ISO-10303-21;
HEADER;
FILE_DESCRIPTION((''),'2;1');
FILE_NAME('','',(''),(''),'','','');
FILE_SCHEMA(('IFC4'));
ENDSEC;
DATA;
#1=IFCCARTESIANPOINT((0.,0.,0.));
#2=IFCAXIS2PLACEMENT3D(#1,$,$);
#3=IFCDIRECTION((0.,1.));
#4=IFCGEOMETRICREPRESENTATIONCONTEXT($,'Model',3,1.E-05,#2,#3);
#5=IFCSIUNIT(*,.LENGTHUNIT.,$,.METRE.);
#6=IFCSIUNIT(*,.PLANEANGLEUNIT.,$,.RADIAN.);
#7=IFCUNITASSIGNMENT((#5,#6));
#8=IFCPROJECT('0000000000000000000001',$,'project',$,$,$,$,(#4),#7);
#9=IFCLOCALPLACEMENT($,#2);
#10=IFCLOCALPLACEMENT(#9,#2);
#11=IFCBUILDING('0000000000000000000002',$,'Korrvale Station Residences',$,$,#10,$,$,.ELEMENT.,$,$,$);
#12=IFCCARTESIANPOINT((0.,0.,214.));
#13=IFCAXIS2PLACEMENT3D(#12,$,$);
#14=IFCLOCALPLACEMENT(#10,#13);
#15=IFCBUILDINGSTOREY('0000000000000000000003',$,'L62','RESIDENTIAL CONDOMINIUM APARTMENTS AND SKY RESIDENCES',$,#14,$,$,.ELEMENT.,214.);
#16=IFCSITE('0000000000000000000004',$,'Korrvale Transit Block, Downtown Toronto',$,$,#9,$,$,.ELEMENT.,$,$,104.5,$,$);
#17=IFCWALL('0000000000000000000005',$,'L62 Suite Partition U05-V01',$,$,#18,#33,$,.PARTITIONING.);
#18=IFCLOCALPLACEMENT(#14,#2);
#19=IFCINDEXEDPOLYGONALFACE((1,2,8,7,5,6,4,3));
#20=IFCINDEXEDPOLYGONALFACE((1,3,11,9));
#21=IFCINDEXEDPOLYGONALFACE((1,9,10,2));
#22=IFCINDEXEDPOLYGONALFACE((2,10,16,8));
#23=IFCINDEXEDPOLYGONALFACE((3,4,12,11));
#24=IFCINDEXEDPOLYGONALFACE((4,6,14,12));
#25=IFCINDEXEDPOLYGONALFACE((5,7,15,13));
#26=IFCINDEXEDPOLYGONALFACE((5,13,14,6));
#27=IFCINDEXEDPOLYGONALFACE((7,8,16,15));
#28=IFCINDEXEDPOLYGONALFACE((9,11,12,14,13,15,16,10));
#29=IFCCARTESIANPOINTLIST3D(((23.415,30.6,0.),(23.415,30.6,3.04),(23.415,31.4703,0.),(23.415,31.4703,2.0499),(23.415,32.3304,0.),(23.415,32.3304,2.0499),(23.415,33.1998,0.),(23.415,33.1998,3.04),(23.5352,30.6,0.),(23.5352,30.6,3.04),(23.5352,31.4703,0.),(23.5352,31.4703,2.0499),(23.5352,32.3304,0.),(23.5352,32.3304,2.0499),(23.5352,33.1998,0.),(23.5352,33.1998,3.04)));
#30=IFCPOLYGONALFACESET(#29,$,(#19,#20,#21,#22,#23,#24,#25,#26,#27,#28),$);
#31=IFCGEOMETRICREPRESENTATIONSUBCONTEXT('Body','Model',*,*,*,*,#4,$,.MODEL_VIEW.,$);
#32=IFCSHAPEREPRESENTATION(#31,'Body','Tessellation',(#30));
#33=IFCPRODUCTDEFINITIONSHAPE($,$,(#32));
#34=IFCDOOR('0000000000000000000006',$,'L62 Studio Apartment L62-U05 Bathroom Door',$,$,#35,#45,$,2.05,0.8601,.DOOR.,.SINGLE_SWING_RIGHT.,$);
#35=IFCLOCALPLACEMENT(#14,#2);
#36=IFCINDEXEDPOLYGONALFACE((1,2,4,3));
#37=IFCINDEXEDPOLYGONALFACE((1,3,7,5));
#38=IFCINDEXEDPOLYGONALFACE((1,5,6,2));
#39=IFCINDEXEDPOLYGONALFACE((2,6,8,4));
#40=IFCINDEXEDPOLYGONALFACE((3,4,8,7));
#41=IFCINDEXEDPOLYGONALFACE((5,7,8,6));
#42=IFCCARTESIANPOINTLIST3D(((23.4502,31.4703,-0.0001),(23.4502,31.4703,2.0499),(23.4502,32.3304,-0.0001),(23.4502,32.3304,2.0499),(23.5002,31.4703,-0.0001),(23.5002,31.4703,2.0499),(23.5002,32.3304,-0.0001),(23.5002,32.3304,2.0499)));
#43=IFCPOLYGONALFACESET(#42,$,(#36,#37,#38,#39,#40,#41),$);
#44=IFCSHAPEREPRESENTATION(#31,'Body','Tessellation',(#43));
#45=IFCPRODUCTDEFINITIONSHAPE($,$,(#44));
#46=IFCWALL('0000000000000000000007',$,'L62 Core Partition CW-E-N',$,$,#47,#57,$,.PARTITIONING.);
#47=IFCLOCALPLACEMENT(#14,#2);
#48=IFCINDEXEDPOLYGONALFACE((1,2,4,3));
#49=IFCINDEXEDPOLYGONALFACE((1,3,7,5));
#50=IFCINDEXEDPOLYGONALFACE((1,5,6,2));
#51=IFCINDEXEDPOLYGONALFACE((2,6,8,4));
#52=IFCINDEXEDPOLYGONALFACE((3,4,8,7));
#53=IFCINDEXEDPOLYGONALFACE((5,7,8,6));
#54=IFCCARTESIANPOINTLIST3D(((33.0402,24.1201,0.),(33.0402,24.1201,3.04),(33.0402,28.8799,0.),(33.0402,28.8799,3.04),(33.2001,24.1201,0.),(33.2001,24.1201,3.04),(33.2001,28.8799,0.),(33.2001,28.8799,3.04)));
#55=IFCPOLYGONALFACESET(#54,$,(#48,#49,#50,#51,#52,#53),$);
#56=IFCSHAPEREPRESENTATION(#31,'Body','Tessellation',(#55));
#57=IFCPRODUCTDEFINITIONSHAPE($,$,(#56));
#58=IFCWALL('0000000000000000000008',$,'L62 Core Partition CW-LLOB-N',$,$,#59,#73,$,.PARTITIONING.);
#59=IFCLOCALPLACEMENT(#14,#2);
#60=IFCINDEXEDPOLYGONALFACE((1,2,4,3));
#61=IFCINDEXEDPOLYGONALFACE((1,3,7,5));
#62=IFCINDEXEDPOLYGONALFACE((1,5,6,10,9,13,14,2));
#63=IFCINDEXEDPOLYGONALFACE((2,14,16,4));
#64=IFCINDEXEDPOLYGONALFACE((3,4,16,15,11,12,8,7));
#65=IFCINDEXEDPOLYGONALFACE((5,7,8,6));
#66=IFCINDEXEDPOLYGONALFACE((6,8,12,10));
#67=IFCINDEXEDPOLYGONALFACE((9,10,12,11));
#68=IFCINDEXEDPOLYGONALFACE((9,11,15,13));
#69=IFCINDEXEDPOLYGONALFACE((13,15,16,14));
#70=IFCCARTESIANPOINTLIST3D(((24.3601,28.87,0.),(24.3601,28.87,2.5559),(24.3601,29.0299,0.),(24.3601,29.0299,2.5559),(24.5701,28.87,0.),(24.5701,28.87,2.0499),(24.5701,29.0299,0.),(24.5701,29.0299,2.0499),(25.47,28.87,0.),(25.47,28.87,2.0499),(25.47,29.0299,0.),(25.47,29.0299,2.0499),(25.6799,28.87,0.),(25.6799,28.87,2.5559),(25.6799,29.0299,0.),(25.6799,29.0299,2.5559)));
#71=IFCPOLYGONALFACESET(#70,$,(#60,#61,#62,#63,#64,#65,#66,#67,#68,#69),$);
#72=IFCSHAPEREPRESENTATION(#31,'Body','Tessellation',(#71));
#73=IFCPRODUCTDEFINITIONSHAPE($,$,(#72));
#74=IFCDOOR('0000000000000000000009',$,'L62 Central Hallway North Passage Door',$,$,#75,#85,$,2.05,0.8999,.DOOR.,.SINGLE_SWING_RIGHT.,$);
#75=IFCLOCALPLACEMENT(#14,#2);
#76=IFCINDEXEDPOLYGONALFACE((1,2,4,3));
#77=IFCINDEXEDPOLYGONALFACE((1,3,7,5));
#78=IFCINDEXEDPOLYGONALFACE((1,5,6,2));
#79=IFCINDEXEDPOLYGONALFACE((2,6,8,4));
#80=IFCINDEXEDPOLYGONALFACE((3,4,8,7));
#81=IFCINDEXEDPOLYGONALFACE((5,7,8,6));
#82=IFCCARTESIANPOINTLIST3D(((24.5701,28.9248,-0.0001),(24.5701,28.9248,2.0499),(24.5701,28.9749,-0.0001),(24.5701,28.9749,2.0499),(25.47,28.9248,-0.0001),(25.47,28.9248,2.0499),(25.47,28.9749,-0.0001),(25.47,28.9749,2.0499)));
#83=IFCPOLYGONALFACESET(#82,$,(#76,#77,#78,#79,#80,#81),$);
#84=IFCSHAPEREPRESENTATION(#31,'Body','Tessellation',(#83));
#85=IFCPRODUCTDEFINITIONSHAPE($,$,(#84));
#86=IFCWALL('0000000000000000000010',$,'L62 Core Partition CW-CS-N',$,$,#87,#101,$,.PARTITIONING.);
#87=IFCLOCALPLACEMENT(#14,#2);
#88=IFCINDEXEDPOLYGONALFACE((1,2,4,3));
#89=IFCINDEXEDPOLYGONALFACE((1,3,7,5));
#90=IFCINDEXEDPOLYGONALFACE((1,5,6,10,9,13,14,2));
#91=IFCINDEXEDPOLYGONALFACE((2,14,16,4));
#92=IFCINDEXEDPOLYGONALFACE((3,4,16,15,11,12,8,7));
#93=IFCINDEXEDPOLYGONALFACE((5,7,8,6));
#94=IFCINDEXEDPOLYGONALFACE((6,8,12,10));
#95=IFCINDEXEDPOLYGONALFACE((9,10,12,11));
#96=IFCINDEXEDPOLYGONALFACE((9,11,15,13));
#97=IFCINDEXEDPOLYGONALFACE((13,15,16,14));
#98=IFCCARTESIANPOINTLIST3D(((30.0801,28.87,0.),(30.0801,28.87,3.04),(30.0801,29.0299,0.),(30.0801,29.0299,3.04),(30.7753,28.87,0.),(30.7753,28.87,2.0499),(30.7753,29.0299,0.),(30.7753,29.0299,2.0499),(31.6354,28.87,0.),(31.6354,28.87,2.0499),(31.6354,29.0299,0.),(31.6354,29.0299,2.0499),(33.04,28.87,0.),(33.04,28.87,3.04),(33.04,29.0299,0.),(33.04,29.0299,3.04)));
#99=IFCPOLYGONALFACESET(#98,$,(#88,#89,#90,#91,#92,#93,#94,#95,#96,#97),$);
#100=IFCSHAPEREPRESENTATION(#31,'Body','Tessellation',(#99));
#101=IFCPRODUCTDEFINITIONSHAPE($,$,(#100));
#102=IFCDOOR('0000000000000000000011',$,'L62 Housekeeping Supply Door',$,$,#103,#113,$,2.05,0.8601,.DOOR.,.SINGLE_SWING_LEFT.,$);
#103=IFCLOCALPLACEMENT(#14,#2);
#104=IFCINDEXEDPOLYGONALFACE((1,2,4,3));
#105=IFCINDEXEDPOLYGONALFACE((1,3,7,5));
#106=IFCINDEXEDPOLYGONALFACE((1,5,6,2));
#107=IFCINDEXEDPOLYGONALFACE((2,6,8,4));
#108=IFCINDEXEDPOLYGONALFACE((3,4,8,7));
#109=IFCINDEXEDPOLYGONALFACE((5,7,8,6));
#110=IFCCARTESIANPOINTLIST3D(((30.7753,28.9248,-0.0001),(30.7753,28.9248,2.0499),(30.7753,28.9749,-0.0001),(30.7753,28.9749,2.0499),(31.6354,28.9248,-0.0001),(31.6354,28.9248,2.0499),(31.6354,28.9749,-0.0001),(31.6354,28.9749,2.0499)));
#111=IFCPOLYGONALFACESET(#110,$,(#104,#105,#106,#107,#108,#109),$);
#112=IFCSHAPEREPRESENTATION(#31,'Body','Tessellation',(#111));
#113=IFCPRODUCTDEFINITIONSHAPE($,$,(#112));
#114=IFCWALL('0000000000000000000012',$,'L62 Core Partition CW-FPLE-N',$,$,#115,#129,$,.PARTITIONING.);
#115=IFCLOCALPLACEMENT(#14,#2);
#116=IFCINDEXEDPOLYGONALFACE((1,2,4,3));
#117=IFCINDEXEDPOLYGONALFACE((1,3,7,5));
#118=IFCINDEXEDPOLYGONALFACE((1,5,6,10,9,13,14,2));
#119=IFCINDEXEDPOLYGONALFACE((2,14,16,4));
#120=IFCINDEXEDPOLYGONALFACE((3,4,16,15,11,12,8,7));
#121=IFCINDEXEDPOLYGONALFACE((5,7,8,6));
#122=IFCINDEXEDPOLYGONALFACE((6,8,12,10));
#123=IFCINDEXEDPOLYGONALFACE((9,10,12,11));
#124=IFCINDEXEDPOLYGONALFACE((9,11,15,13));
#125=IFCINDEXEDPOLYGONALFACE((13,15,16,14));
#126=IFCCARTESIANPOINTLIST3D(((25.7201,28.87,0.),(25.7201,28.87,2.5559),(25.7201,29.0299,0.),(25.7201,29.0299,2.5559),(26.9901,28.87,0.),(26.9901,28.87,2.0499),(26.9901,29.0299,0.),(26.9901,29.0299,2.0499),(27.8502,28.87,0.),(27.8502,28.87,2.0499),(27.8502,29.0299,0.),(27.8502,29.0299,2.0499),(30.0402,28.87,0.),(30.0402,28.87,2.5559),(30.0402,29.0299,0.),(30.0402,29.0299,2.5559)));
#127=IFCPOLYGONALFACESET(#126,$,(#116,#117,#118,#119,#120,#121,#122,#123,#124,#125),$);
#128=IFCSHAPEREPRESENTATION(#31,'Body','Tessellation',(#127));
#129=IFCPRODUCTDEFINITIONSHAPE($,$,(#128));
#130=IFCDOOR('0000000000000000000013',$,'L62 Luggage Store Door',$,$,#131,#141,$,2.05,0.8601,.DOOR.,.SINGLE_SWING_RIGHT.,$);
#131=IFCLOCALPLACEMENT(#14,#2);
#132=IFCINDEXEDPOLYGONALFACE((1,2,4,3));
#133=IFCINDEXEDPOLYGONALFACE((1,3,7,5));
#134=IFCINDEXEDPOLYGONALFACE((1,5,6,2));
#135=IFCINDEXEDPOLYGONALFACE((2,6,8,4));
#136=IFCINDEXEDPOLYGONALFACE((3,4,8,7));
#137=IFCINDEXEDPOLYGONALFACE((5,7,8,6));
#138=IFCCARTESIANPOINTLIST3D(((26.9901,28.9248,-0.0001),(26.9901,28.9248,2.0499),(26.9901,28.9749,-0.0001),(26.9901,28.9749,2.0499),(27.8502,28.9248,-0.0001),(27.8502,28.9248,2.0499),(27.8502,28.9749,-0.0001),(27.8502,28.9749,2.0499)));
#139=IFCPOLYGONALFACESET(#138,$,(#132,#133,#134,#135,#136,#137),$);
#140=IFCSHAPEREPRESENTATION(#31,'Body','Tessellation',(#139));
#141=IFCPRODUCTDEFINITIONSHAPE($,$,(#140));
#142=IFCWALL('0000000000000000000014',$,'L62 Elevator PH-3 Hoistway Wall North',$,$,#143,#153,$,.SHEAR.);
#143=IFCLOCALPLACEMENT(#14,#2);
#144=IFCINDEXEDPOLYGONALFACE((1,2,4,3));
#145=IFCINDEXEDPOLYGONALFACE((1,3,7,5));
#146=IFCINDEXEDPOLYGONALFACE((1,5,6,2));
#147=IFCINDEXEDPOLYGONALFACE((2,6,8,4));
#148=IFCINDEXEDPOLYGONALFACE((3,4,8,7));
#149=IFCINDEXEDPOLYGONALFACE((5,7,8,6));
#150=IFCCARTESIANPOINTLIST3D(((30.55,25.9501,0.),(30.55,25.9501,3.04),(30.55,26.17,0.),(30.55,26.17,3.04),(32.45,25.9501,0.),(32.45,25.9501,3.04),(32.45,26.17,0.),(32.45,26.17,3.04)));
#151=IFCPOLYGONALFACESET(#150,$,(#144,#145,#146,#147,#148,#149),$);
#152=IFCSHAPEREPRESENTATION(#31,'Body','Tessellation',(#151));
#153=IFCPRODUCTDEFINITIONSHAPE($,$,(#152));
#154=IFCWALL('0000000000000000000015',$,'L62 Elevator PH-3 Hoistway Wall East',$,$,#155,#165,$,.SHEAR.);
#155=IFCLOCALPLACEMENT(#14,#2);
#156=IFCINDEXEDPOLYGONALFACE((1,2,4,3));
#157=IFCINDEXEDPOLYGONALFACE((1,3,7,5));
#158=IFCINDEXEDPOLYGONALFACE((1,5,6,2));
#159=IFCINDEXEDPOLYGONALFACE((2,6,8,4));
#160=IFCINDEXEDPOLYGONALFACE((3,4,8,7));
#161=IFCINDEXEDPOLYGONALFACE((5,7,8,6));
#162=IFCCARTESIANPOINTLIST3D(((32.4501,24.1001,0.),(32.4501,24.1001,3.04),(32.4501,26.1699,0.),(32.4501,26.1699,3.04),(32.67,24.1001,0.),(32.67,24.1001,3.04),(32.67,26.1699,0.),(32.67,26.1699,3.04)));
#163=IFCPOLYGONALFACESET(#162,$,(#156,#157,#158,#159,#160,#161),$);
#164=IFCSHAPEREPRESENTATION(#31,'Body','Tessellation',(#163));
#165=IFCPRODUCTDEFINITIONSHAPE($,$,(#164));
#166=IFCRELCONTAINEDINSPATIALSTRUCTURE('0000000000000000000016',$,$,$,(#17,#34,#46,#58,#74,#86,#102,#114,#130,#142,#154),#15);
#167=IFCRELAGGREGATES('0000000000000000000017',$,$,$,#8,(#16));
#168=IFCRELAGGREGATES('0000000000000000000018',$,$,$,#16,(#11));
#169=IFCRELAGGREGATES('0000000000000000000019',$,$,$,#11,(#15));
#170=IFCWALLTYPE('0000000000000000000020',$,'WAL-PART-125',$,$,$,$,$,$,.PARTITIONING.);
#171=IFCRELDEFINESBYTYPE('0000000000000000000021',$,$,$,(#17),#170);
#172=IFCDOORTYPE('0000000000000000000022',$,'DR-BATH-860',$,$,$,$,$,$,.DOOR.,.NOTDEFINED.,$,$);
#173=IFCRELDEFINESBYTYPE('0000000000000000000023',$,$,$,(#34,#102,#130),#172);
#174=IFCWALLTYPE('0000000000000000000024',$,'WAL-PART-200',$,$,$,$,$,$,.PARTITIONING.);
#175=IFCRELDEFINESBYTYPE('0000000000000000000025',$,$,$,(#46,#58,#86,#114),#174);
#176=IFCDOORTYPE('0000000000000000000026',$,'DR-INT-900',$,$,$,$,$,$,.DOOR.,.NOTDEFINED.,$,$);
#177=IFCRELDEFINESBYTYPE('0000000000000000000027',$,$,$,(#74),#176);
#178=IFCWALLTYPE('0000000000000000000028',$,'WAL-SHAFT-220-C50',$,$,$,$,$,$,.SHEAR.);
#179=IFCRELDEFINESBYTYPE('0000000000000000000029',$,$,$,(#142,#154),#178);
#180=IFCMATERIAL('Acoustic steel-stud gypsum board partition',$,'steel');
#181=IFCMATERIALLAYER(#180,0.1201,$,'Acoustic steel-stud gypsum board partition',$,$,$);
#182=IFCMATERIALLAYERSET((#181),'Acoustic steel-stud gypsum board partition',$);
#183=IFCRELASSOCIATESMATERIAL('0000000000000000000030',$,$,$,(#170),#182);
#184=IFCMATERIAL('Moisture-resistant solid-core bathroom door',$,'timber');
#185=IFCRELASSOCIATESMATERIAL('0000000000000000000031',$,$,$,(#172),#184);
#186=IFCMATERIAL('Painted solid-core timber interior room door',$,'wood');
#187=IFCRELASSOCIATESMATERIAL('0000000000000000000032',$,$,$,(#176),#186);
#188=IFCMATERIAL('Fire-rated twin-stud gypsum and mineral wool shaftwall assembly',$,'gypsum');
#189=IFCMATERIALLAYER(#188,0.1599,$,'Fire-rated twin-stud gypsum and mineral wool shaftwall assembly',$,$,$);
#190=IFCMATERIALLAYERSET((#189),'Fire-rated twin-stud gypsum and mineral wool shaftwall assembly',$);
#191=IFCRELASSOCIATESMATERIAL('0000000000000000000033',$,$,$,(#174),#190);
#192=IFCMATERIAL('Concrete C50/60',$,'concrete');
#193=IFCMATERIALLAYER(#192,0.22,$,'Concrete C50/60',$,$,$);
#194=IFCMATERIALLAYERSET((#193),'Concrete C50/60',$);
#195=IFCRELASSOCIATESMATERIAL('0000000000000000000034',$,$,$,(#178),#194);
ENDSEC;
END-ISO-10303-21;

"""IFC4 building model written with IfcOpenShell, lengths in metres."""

from ifc_helpers import new_model, si_unit, direction, frame, frame_2d, origin, place, context, subcontext, project, spatial, rectangle, extrude, material, layer, layer_set, type_object, element, fill, save


model = new_model("IFC4")

# Units and contexts
model_context = context("Model", 3, precision=1e-05, world=origin(), true_north=direction((0.0, 1.0)))
body_context = subcontext(model_context, "Body", "Model", "MODEL_VIEW")
ifc_project = project(units=[si_unit("LENGTHUNIT", "METRE"), si_unit("PLANEANGLEUNIT", "RADIAN")], contexts=[model_context])

# Site, building, storey
site_placement = place(None, origin())
site = spatial("IfcSite", under=ifc_project, at=site_placement, Name="Korrvale Transit Block, Downtown Toronto", CompositionType="ELEMENT", RefElevation=104.5)
building_placement = place(site_placement, origin())
building = spatial("IfcBuilding", under=site, at=building_placement, Name="Korrvale Station Residences", CompositionType="ELEMENT")
storey_placement = place(building_placement, frame((0.0, 0.0, 214.0)))
storey = spatial("IfcBuildingStorey", under=building, at=storey_placement, Name="L62", Description="RESIDENTIAL CONDOMINIUM APARTMENTS AND SKY RESIDENCES", CompositionType="ELEMENT", Elevation=214.0)

# Shared definitions
ifc_material_1 = material(Name="Concrete C50/60", Category="concrete")

# Shared definitions
ifc_material_2 = material(Name="Acoustic steel-stud gypsum board partition", Category="steel")
ifc_layer_1 = layer(ifc_material_2, 0.1201, Name="Acoustic steel-stud gypsum board partition")
ifc_layer_set_1 = layer_set([ifc_layer_1], Name="Acoustic steel-stud gypsum board partition")
wall_type_1 = type_object("IfcWallType", Name="WAL-PART-125", PredefinedType="PARTITIONING", material=ifc_layer_set_1)

# Shared definitions
ifc_material_3 = material(Name="Moisture-resistant solid-core bathroom door", Category="timber")
door_type_1 = type_object("IfcDoorType", Name="DR-BATH-860", OperationType="NOTDEFINED", PredefinedType="DOOR", material=ifc_material_3)

# Shared definitions
ifc_material_4 = material(Name="Painted solid-core timber interior room door", Category="wood")
door_type_2 = type_object("IfcDoorType", Name="DR-INT-900", OperationType="NOTDEFINED", PredefinedType="DOOR", material=ifc_material_4)

# Wall, opening, door
wall_1_placement = place(storey_placement, frame((23.4751, 30.6001, 0.0), z_axis=(0.0, 0.0, 1.0), x_axis=(0.0, 1.0, 0.0)))
wall_1 = element("IfcWall", 1, at=wall_1_placement, inside=storey, type_object=wall_type_1, Name="L62 Suite Partition U05-V01", PredefinedType="PARTITIONING", context=body_context, shape_type="SweptSolid", body=[
    extrude(rectangle(XDim=2.5999, YDim=0.1201, at=frame_2d((1.2998, 0.0))), origin(), (0.0, 0.0, 1.0), 3.04),
])
opening_1_placement = place(wall_1_placement, frame((0.8701, 0.0, 0.0)))
opening_1 = element("IfcOpeningElement", 2, at=opening_1_placement, cuts=wall_1, PredefinedType="OPENING", context=body_context, shape_type="SweptSolid", body=[
    extrude(rectangle(XDim=0.8601, YDim=2.05, at=frame_2d((0.4302, 1.0249))), frame((0.0, 0.0701, 0.0), z_axis=(0.0, -1.0, 0.0), x_axis=(1.0, 0.0, 0.0)), (0.0, 0.0, 1.0), 0.1401),
])
door_1_placement = place(opening_1_placement, origin())
door_1 = element("IfcDoor", 3, at=door_1_placement, inside=storey, type_object=door_type_1, Name="L62 Studio Apartment L62-U05 Bathroom Door", OperationType="SINGLE_SWING_RIGHT", OverallHeight=2.05, OverallWidth=0.8601, PredefinedType="DOOR", context=body_context, shape_type="SweptSolid", body=[
    extrude(rectangle(XDim=0.8601, YDim=2.05, at=frame_2d((0.4302, 1.0249))), frame((0.0, 0.0249, 0.0), z_axis=(0.0, -1.0, 0.0), x_axis=(1.0, 0.0, 0.0)), (0.0, 0.0, 1.0), 0.05),
])
fill(opening_1, door_1)

# Wall
ifc_material_5 = material(Name="Fire-rated twin-stud gypsum and mineral wool shaftwall assembly", Category="gypsum")
ifc_layer_2 = layer(ifc_material_5, 0.1599, Name="Fire-rated twin-stud gypsum and mineral wool shaftwall assembly")
ifc_layer_set_2 = layer_set([ifc_layer_2], Name="Fire-rated twin-stud gypsum and mineral wool shaftwall assembly")
wall_type_2 = type_object("IfcWallType", Name="WAL-PART-200", PredefinedType="PARTITIONING", material=ifc_layer_set_2)
wall_2_placement = place(storey_placement, frame((33.1201, 24.1201, 0.0), z_axis=(0.0, 0.0, 1.0), x_axis=(0.0, 1.0, 0.0)))
element("IfcWall", 4, at=wall_2_placement, inside=storey, type_object=wall_type_2, Name="L62 Core Partition CW-E-N", PredefinedType="PARTITIONING", context=body_context, shape_type="SweptSolid", body=[
    extrude(rectangle(XDim=4.7598, YDim=0.1599, at=frame_2d((2.3799, 0.0))), origin(), (0.0, 0.0, 1.0), 3.04),
])

# Walls, openings, doors
wall_3_placement = place(storey_placement, frame((24.3601, 28.95, 0.0), z_axis=(0.0, 0.0, 1.0), x_axis=(1.0, 0.0, 0.0)))
wall_3 = element("IfcWall", 5, at=wall_3_placement, inside=storey, type_object=wall_type_2, Name="L62 Core Partition CW-LLOB-N", PredefinedType="PARTITIONING", context=body_context, shape_type="SweptSolid", body=[
    extrude(rectangle(XDim=1.3198, YDim=0.1599, at=frame_2d((0.6599, 0.0))), origin(), (0.0, 0.0, 1.0), 2.5559),
])
opening_2_placement = place(wall_3_placement, frame((0.21, 0.0, 0.0)))
opening_2 = element("IfcOpeningElement", 6, at=opening_2_placement, cuts=wall_3, PredefinedType="OPENING", context=body_context, shape_type="SweptSolid", body=[
    extrude(rectangle(XDim=0.8999, YDim=2.05, at=frame_2d((0.45, 1.0249))), frame((0.0, 0.0898, 0.0), z_axis=(0.0, -1.0, 0.0), x_axis=(1.0, 0.0, 0.0)), (0.0, 0.0, 1.0), 0.1799),
])
door_2_placement = place(opening_2_placement, origin())
door_2 = element("IfcDoor", 7, at=door_2_placement, inside=storey, type_object=door_type_2, Name="L62 Central Hallway North Passage Door", OperationType="SINGLE_SWING_RIGHT", OverallHeight=2.05, OverallWidth=0.8999, PredefinedType="DOOR", context=body_context, shape_type="SweptSolid", body=[
    extrude(rectangle(XDim=0.8999, YDim=2.05, at=frame_2d((0.45, 1.0249))), frame((0.0, 0.0249, 0.0), z_axis=(0.0, -1.0, 0.0), x_axis=(1.0, 0.0, 0.0)), (0.0, 0.0, 1.0), 0.05),
])
fill(opening_2, door_2)
wall_4_placement = place(storey_placement, frame((30.0801, 28.95, 0.0), z_axis=(0.0, 0.0, 1.0), x_axis=(1.0, 0.0, 0.0)))
wall_4 = element("IfcWall", 8, at=wall_4_placement, inside=storey, type_object=wall_type_2, Name="L62 Core Partition CW-CS-N", PredefinedType="PARTITIONING", context=body_context, shape_type="SweptSolid", body=[
    extrude(rectangle(XDim=2.96, YDim=0.1599, at=frame_2d((1.48, 0.0))), origin(), (0.0, 0.0, 1.0), 3.04),
])
opening_3_placement = place(wall_4_placement, frame((0.6951, 0.0, 0.0)))
opening_3 = element("IfcOpeningElement", 9, at=opening_3_placement, cuts=wall_4, PredefinedType="OPENING", context=body_context, shape_type="SweptSolid", body=[
    extrude(rectangle(XDim=0.8601, YDim=2.05, at=frame_2d((0.4302, 1.0249))), frame((0.0, 0.0898, 0.0), z_axis=(0.0, -1.0, 0.0), x_axis=(1.0, 0.0, 0.0)), (0.0, 0.0, 1.0), 0.1799),
])
door_3_placement = place(opening_3_placement, origin())
door_3 = element("IfcDoor", 10, at=door_3_placement, inside=storey, type_object=door_type_1, Name="L62 Housekeeping Supply Door", OperationType="SINGLE_SWING_LEFT", OverallHeight=2.05, OverallWidth=0.8601, PredefinedType="DOOR", context=body_context, shape_type="SweptSolid", body=[
    extrude(rectangle(XDim=0.8601, YDim=2.05, at=frame_2d((0.4302, 1.0249))), frame((0.0, 0.0249, 0.0), z_axis=(0.0, -1.0, 0.0), x_axis=(1.0, 0.0, 0.0)), (0.0, 0.0, 1.0), 0.05),
])
fill(opening_3, door_3)
wall_5_placement = place(storey_placement, frame((25.72, 28.95, 0.0), z_axis=(0.0, 0.0, 1.0), x_axis=(1.0, 0.0, 0.0)))
wall_5 = element("IfcWall", 11, at=wall_5_placement, inside=storey, type_object=wall_type_2, Name="L62 Core Partition CW-FPLE-N", PredefinedType="PARTITIONING", context=body_context, shape_type="SweptSolid", body=[
    extrude(rectangle(XDim=4.3201, YDim=0.1599, at=frame_2d((2.1602, 0.0))), origin(), (0.0, 0.0, 1.0), 2.5559),
])
opening_4_placement = place(wall_5_placement, frame((1.27, 0.0, 0.0)))
opening_4 = element("IfcOpeningElement", 12, at=opening_4_placement, cuts=wall_5, PredefinedType="OPENING", context=body_context, shape_type="SweptSolid", body=[
    extrude(rectangle(XDim=0.8601, YDim=2.05, at=frame_2d((0.4302, 1.0249))), frame((0.0, 0.0898, 0.0), z_axis=(0.0, -1.0, 0.0), x_axis=(1.0, 0.0, 0.0)), (0.0, 0.0, 1.0), 0.1799),
])
door_4_placement = place(opening_4_placement, origin())
door_4 = element("IfcDoor", 13, at=door_4_placement, inside=storey, type_object=door_type_1, Name="L62 Luggage Store Door", OperationType="SINGLE_SWING_RIGHT", OverallHeight=2.05, OverallWidth=0.8601, PredefinedType="DOOR", context=body_context, shape_type="SweptSolid", body=[
    extrude(rectangle(XDim=0.8601, YDim=2.05, at=frame_2d((0.4302, 1.0249))), frame((0.0, 0.0249, 0.0), z_axis=(0.0, -1.0, 0.0), x_axis=(1.0, 0.0, 0.0)), (0.0, 0.0, 1.0), 0.05),
])
fill(opening_4, door_4)

# Wall
ifc_layer_3 = layer(ifc_material_1, 0.22, Name="Concrete C50/60")
ifc_layer_set_3 = layer_set([ifc_layer_3], Name="Concrete C50/60")
wall_type_3 = type_object("IfcWallType", Name="WAL-SHAFT-220-C50", PredefinedType="SHEAR", material=ifc_layer_set_3)
wall_6_placement = place(storey_placement, frame((30.55, 26.0601, 0.0), z_axis=(0.0, 0.0, 1.0), x_axis=(1.0, 0.0, 0.0)))
element("IfcWall", 14, at=wall_6_placement, inside=storey, type_object=wall_type_3, Name="L62 Elevator PH-3 Hoistway Wall North", PredefinedType="SHEAR", context=body_context, shape_type="SweptSolid", body=[
    extrude(rectangle(XDim=1.8999, YDim=0.22, at=frame_2d((0.95, 0.0))), origin(), (0.0, 0.0, 1.0), 3.04),
])

# Wall
wall_7_placement = place(storey_placement, frame((32.5601, 24.1001, 0.0), z_axis=(0.0, 0.0, 1.0), x_axis=(0.0, 1.0, 0.0)))
element("IfcWall", 15, at=wall_7_placement, inside=storey, type_object=wall_type_3, Name="L62 Elevator PH-3 Hoistway Wall East", PredefinedType="SHEAR", context=body_context, shape_type="SweptSolid", body=[
    extrude(rectangle(XDim=2.0698, YDim=0.22, at=frame_2d((1.0349, 0.0))), origin(), (0.0, 0.0, 1.0), 3.04),
])

save(model, "model.ifc")
